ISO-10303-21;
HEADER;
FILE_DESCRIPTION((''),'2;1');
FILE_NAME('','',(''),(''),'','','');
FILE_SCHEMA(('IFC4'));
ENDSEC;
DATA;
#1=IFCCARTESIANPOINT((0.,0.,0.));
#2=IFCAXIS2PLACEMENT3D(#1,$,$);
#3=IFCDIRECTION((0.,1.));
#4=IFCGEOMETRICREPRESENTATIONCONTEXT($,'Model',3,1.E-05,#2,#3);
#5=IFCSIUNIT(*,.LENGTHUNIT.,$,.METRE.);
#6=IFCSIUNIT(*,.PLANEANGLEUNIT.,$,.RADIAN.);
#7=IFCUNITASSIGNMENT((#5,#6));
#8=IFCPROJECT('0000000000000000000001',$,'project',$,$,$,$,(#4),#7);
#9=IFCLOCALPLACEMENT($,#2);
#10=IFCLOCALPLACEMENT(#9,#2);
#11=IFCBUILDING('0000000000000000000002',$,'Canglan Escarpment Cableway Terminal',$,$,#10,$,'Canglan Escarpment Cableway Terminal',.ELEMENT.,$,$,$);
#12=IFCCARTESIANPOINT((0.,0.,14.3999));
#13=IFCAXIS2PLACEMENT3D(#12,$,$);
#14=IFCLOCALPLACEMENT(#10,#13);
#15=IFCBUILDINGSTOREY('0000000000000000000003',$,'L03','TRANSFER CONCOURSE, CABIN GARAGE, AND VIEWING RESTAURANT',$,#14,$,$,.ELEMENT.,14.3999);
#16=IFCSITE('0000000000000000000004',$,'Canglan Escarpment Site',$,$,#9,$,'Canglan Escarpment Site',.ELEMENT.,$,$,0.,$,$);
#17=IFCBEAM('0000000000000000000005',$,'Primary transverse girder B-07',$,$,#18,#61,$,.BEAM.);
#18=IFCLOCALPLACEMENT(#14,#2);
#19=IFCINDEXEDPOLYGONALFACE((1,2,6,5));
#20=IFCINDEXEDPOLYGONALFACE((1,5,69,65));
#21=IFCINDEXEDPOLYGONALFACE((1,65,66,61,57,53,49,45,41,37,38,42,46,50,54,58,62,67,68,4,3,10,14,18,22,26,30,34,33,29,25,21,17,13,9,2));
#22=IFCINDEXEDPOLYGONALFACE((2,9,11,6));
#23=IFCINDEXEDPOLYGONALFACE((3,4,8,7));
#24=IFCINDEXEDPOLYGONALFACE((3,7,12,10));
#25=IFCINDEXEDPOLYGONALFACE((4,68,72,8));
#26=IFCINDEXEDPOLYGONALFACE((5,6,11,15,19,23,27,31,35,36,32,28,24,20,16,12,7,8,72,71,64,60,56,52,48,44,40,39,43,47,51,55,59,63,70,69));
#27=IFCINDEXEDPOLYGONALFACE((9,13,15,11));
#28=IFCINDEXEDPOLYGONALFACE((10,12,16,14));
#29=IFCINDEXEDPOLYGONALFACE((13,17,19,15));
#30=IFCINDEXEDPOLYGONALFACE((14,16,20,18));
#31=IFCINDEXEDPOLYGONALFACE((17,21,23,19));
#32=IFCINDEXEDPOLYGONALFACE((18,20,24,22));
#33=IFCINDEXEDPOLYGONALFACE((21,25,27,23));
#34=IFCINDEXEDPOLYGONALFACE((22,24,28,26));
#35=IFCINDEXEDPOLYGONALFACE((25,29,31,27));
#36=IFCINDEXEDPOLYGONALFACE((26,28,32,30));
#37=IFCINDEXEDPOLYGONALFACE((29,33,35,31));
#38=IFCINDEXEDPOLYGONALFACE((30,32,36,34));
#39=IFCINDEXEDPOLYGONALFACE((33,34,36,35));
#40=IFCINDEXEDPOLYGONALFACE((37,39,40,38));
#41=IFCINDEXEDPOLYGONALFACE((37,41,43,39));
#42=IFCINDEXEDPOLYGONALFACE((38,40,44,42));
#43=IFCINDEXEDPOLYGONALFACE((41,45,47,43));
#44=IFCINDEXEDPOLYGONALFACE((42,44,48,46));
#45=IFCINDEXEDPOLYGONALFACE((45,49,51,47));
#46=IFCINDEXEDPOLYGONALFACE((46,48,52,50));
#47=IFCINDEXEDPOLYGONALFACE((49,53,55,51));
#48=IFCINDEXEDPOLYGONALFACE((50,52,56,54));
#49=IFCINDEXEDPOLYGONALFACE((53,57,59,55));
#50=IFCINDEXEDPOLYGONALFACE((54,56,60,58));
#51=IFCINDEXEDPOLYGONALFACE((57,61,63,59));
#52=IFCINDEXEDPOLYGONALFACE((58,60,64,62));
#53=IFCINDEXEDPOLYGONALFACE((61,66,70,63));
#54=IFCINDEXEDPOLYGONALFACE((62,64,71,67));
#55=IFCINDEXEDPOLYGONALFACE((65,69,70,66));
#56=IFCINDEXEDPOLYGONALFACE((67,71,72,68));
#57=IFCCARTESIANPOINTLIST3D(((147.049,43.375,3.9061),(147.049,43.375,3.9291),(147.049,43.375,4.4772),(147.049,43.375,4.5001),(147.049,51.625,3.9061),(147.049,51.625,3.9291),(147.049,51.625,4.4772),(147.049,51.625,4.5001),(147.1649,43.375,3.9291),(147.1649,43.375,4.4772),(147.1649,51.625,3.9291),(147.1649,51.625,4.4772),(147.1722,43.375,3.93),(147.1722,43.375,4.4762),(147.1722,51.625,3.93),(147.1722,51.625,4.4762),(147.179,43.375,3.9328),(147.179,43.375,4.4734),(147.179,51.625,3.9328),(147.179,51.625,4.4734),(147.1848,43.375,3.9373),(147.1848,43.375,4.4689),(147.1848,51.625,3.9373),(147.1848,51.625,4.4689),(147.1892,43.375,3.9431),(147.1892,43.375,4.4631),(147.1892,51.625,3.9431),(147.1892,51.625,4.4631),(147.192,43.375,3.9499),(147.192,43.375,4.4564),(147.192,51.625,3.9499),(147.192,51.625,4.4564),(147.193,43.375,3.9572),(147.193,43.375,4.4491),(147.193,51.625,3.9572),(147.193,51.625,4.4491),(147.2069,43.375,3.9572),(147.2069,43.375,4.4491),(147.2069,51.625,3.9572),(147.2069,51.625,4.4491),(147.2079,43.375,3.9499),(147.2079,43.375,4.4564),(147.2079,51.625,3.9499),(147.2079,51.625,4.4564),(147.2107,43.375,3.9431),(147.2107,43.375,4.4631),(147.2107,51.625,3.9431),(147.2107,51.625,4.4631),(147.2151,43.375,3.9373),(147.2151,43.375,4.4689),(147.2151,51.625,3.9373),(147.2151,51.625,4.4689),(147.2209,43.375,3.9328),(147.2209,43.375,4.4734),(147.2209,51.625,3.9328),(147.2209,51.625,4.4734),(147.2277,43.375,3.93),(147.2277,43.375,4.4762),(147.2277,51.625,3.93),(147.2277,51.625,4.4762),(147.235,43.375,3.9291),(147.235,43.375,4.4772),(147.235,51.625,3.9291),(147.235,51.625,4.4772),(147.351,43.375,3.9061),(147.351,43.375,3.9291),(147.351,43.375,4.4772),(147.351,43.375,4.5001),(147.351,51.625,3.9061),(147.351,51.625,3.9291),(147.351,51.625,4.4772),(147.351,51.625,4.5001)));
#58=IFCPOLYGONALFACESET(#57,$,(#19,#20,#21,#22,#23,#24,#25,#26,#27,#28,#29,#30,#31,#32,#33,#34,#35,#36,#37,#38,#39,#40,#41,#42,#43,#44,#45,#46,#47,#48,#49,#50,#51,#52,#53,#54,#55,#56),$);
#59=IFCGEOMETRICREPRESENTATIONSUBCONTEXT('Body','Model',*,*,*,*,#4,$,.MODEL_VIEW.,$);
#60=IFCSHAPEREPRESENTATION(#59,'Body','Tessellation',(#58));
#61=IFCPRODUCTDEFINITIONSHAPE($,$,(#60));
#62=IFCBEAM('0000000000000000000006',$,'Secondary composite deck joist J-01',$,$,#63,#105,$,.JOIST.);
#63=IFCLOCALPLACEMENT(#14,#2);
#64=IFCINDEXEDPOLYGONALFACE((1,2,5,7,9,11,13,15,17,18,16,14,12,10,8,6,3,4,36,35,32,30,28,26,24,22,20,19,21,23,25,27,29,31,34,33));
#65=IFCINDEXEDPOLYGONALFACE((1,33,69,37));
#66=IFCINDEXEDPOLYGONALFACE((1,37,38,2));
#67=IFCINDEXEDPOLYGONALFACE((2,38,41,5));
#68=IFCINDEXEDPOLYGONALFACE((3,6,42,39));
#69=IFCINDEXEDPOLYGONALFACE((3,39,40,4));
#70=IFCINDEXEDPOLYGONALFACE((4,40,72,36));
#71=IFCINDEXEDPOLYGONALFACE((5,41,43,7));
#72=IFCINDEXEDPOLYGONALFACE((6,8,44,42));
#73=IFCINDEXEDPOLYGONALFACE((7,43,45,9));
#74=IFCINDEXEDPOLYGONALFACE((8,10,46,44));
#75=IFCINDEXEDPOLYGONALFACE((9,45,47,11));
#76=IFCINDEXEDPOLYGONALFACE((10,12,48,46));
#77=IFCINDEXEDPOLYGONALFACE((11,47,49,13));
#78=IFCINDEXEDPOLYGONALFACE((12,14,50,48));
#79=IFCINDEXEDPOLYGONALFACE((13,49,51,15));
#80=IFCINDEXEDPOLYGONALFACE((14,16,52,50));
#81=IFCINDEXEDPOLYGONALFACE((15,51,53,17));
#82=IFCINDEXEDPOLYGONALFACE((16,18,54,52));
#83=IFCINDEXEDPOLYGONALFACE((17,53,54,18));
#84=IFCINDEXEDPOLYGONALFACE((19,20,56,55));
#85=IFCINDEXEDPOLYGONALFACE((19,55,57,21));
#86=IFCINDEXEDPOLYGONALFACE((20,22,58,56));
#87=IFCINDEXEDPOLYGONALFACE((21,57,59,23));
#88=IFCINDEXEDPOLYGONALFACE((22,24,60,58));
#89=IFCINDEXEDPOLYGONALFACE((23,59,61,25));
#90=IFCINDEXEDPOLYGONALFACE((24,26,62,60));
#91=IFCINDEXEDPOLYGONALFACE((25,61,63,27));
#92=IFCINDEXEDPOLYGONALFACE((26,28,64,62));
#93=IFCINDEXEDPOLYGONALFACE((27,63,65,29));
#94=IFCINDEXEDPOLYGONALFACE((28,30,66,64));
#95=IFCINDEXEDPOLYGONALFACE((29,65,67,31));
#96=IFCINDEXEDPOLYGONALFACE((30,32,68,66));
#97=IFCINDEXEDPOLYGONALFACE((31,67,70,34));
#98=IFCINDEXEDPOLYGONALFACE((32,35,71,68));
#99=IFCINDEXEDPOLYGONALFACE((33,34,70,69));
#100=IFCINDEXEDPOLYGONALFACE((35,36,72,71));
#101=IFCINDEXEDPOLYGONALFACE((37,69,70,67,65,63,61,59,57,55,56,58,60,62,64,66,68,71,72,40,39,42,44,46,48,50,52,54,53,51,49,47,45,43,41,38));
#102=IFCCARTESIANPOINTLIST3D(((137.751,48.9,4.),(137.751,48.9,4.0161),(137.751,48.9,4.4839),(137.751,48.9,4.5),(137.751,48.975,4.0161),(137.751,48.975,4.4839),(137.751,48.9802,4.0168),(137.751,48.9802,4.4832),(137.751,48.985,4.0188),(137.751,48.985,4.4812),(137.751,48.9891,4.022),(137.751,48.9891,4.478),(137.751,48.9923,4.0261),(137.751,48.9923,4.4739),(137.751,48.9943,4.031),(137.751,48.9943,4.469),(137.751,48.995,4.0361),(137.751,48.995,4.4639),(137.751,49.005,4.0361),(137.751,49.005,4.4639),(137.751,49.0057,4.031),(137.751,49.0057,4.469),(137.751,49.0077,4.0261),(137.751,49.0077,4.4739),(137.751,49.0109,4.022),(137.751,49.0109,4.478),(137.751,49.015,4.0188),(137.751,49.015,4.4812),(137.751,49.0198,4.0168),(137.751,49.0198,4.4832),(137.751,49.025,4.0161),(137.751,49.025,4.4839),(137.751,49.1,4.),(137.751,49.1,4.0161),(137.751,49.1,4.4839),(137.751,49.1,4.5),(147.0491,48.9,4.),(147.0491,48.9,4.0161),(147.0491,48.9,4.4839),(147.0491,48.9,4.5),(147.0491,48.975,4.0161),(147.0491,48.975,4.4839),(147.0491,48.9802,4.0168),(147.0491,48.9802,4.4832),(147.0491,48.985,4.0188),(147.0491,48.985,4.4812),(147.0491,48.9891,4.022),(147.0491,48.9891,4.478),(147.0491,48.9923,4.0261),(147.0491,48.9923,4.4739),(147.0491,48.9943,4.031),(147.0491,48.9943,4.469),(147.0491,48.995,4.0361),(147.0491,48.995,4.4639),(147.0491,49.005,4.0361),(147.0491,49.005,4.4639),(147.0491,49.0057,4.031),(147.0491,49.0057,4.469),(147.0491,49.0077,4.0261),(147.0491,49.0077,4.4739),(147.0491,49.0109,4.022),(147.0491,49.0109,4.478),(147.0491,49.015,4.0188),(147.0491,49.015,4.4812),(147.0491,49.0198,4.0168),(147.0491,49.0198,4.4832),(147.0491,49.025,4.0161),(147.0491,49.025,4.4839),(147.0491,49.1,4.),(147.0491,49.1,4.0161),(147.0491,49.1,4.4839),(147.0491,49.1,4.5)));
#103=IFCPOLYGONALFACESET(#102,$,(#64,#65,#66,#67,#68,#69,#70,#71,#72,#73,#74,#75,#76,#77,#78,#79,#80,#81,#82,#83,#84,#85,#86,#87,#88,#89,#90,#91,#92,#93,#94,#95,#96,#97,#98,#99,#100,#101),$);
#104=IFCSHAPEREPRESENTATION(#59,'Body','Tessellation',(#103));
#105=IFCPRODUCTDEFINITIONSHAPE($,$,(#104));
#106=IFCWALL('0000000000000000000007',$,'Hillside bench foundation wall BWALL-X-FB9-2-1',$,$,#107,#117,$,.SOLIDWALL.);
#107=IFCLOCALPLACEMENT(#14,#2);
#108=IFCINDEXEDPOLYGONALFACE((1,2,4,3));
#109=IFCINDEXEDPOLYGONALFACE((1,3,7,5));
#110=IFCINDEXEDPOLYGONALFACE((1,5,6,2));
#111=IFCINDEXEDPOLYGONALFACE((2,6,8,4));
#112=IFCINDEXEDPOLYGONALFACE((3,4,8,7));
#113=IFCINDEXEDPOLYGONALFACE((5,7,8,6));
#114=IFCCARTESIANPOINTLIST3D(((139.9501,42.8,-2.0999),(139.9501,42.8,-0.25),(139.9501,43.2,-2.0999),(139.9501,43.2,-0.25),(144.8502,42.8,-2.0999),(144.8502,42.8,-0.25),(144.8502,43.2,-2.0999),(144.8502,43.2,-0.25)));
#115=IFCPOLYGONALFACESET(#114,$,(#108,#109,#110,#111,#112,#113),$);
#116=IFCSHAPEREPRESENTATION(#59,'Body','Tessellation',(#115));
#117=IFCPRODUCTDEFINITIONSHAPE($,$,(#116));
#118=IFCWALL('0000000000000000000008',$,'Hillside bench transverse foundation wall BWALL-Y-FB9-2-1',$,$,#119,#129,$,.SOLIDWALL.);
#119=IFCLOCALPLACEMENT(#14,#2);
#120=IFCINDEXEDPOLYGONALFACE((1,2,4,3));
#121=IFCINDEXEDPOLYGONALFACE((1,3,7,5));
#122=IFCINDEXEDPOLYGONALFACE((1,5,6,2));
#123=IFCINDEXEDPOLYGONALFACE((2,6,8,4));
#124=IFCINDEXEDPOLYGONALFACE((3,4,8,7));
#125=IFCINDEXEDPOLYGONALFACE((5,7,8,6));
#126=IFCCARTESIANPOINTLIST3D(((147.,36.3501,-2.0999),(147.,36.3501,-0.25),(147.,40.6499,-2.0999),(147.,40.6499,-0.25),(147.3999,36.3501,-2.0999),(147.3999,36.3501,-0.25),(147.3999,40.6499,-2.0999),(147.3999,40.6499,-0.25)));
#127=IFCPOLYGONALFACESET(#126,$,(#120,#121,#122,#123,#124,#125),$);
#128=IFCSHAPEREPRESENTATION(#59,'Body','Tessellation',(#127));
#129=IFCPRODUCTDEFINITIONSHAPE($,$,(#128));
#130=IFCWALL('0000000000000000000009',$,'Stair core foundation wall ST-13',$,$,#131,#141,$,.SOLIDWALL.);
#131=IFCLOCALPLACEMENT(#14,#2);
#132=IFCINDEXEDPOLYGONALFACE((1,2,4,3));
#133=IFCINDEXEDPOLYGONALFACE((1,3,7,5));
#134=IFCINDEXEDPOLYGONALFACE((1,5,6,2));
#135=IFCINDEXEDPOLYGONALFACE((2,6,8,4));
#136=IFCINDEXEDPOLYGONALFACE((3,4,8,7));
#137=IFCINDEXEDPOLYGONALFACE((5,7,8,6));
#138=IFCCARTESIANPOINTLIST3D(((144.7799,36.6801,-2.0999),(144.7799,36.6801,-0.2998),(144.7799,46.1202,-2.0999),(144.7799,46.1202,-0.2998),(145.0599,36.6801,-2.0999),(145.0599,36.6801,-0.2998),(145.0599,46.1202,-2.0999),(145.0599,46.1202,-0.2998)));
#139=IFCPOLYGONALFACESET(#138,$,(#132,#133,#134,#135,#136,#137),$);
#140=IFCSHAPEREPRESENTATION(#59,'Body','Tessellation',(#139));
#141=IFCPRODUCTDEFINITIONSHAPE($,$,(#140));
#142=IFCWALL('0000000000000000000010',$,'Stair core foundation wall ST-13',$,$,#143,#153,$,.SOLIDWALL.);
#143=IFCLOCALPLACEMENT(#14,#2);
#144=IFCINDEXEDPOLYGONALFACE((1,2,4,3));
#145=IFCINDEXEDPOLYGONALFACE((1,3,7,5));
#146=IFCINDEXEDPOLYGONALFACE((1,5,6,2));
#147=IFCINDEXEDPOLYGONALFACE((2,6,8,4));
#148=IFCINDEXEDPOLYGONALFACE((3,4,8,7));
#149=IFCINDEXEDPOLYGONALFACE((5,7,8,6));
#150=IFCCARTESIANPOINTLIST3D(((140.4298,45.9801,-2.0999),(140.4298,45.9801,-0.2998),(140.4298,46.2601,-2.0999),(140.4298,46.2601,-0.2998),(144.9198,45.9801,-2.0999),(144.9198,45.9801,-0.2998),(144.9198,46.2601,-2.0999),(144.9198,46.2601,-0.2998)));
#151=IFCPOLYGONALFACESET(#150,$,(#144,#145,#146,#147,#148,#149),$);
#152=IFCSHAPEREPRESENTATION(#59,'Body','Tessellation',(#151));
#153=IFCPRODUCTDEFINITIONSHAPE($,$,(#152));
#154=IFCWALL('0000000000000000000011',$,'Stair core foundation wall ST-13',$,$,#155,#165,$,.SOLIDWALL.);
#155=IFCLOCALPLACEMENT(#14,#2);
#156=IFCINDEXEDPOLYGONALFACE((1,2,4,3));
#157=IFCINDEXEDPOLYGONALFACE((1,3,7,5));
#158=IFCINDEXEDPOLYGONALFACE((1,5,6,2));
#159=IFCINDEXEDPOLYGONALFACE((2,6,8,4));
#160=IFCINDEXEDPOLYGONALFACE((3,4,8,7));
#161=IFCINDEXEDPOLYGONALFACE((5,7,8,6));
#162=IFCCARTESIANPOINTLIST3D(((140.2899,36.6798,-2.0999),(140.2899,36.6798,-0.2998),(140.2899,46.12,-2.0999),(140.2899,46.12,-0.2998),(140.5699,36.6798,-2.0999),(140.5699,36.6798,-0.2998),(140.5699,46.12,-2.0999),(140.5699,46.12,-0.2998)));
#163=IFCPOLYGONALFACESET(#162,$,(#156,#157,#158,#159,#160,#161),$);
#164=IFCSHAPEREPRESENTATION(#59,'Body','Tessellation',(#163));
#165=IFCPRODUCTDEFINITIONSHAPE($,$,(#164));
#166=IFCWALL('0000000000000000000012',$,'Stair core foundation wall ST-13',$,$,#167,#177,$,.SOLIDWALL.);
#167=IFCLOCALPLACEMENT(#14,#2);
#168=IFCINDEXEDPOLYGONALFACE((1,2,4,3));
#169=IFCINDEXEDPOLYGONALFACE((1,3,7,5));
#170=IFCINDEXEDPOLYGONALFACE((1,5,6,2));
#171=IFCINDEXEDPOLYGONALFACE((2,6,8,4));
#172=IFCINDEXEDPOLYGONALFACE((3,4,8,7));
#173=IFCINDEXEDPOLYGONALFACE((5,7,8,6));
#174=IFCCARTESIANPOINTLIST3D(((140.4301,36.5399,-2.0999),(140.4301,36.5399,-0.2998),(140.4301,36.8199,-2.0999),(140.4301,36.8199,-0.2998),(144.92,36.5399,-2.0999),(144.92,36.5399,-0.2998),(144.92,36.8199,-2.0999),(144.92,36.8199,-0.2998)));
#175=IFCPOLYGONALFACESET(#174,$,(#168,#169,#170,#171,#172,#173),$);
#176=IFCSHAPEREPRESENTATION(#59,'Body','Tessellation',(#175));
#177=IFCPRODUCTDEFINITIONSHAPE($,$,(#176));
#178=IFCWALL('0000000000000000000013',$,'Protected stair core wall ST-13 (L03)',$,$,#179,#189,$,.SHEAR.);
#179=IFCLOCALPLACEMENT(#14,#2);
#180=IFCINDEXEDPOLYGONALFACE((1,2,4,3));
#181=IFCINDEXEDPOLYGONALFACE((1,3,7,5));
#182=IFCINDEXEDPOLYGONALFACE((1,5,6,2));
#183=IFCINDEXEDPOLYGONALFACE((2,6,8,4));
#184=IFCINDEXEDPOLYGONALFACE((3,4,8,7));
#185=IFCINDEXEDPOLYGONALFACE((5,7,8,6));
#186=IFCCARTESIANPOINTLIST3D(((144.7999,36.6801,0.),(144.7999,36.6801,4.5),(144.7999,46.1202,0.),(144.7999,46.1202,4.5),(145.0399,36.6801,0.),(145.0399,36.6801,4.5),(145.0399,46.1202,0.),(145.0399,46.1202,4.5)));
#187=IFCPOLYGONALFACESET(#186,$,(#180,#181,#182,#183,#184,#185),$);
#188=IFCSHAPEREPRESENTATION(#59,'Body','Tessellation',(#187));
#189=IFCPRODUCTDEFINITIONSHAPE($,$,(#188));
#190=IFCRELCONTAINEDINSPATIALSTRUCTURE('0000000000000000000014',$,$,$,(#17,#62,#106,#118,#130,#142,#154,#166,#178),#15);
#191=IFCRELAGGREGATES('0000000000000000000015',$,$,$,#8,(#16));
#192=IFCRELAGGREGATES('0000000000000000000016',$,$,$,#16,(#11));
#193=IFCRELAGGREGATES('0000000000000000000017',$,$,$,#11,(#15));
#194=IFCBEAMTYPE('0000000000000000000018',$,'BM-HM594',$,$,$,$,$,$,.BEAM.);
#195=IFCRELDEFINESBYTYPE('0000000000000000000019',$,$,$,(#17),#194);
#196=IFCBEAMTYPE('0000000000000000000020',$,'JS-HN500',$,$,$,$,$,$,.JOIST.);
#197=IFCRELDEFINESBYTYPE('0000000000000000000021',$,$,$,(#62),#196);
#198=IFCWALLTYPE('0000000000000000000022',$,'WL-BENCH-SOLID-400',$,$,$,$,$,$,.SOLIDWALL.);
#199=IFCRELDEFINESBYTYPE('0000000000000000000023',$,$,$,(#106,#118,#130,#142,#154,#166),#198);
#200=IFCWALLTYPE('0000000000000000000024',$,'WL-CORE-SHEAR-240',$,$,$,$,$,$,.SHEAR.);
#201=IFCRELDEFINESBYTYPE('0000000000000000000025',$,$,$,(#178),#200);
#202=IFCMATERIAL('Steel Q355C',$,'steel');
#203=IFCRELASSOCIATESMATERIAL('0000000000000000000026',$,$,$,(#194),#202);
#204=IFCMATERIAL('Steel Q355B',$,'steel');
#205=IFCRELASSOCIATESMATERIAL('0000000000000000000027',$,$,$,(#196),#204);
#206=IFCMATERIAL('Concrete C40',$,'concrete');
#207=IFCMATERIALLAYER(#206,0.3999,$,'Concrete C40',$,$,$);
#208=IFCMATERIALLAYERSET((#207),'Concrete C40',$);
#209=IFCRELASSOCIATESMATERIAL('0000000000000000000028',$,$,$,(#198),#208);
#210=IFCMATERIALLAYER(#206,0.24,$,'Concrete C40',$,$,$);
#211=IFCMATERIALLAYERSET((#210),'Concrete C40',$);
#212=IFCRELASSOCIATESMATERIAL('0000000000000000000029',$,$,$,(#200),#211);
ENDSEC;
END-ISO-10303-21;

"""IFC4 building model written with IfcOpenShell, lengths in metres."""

from ifc_helpers import new_model, si_unit, direction, frame, frame_2d, origin, origin_2d, place, context, subcontext, project, spatial, rectangle, i_section, extrude, material, layer, layer_set, material_profile, profile_set, type_object, element, save


model = new_model("IFC4")

# Units and contexts
model_context = context("Model", 3, precision=1e-05, world=origin(), true_north=direction((0.0, 1.0)))
body_context = subcontext(model_context, "Body", "Model", "MODEL_VIEW")
ifc_project = project(units=[si_unit("LENGTHUNIT", "METRE"), si_unit("PLANEANGLEUNIT", "RADIAN")], contexts=[model_context])

# Site, building, storey
site_placement = place(None, origin())
site = spatial("IfcSite", under=ifc_project, at=site_placement, Name="Canglan Escarpment Site", LongName="Canglan Escarpment Site", CompositionType="ELEMENT", RefElevation=0.0)
building_placement = place(site_placement, origin())
building = spatial("IfcBuilding", under=site, at=building_placement, Name="Canglan Escarpment Cableway Terminal", LongName="Canglan Escarpment Cableway Terminal", CompositionType="ELEMENT")
storey_placement = place(building_placement, frame((0.0, 0.0, 14.3999)))
storey = spatial("IfcBuildingStorey", under=building, at=storey_placement, Name="L03", Description="TRANSFER CONCOURSE, CABIN GARAGE, AND VIEWING RESTAURANT", CompositionType="ELEMENT", Elevation=14.3999)

# Shared definitions
ifc_material_1 = material(Name="Concrete C40", Category="concrete")

# Beams
ifc_material_2 = material(Name="Steel Q355C", Category="steel")
ifc_material_profile_1 = material_profile(ifc_material_2, i_section(OverallWidth=0.302, OverallDepth=0.594, WebThickness=0.0139, FlangeThickness=0.0229, FilletRadius=0.0281, at=origin_2d()), Name="HM 594x302x14x23")
ifc_profile_set_1 = profile_set([ifc_material_profile_1], Name="Steel Q355C")
beam_type_1 = type_object("IfcBeamType", Name="BM-HM594", PredefinedType="BEAM", material=ifc_profile_set_1)
beam_1_placement = place(storey_placement, frame((147.2, 43.375, 4.2031), z_axis=(0.0, 1.0, 0.0), x_axis=(-1.0, 0.0, 0.0)))
element("IfcBeam", 1, at=beam_1_placement, inside=storey, type_object=beam_type_1, Name="Primary transverse girder B-07", PredefinedType="BEAM", context=body_context, shape_type="SweptSolid", body=[
    extrude(i_section(OverallWidth=0.302, OverallDepth=0.594, WebThickness=0.0139, FlangeThickness=0.0229, FilletRadius=0.0281, at=origin_2d()), origin(), (0.0, 0.0, 1.0), 8.25),
])
ifc_material_3 = material(Name="Steel Q355B", Category="steel")
ifc_material_profile_2 = material_profile(ifc_material_3, i_section(OverallWidth=0.2, OverallDepth=0.5, WebThickness=0.01, FlangeThickness=0.0161, FilletRadius=0.02, at=origin_2d()), Name="HN 500x200x10x16")
ifc_profile_set_2 = profile_set([ifc_material_profile_2], Name="Steel Q355B")
beam_type_2 = type_object("IfcBeamType", Name="JS-HN500", PredefinedType="JOIST", material=ifc_profile_set_2)
beam_2_placement = place(storey_placement, frame((137.751, 49.0, 4.25), z_axis=(1.0, 0.0, 0.0), x_axis=(0.0, 1.0, 0.0)))
element("IfcBeam", 2, at=beam_2_placement, inside=storey, type_object=beam_type_2, Name="Secondary composite deck joist J-01", PredefinedType="JOIST", context=body_context, shape_type="SweptSolid", body=[
    extrude(i_section(OverallWidth=0.2, OverallDepth=0.5, WebThickness=0.01, FlangeThickness=0.0161, FilletRadius=0.02, at=origin_2d()), origin(), (0.0, 0.0, 1.0), 9.2981),
])

# Walls
ifc_layer_1 = layer(ifc_material_1, 0.3999, Name="Concrete C40")
ifc_layer_set_1 = layer_set([ifc_layer_1], Name="Concrete C40")
wall_type_1 = type_object("IfcWallType", Name="WL-BENCH-SOLID-400", PredefinedType="SOLIDWALL", material=ifc_layer_set_1)
wall_1_placement = place(storey_placement, frame((139.95, 43.0, -2.0999), z_axis=(0.0, 0.0, 1.0), x_axis=(1.0, 0.0, 0.0)))
element("IfcWall", 3, at=wall_1_placement, inside=storey, type_object=wall_type_1, Name="Hillside bench foundation wall BWALL-X-FB9-2-1", PredefinedType="SOLIDWALL", context=body_context, shape_type="SweptSolid", body=[
    extrude(rectangle(XDim=4.9001, YDim=0.3999, at=frame_2d((2.4502, 0.0))), origin(), (0.0, 0.0, 1.0), 1.8499),
])
wall_2_placement = place(storey_placement, frame((147.2, 36.3501, -2.0999), z_axis=(0.0, 0.0, 1.0), x_axis=(0.0, 1.0, 0.0)))
element("IfcWall", 4, at=wall_2_placement, inside=storey, type_object=wall_type_1, Name="Hillside bench transverse foundation wall BWALL-Y-FB9-2-1", PredefinedType="SOLIDWALL", context=body_context, shape_type="SweptSolid", body=[
    extrude(rectangle(XDim=4.2998, YDim=0.3999, at=frame_2d((2.1499, 0.0))), origin(), (0.0, 0.0, 1.0), 1.8499),
])
wall_3_placement = place(storey_placement, frame((144.9199, 36.6799, -2.0999), z_axis=(0.0, 0.0, 1.0), x_axis=(0.0, 1.0, 0.0)))
element("IfcWall", 5, at=wall_3_placement, inside=storey, type_object=wall_type_1, Name="Stair core foundation wall ST-13", PredefinedType="SOLIDWALL", context=body_context, shape_type="SweptSolid", body=[
    extrude(rectangle(XDim=9.4402, YDim=0.28, at=frame_2d((4.7202, 0.0))), origin(), (0.0, 0.0, 1.0), 1.8),
])
wall_4_placement = place(storey_placement, frame((144.9199, 46.1201, -2.0999), z_axis=(0.0, 0.0, 1.0), x_axis=(-1.0, 0.0, 0.0)))
element("IfcWall", 6, at=wall_4_placement, inside=storey, type_object=wall_type_1, Name="Stair core foundation wall ST-13", PredefinedType="SOLIDWALL", context=body_context, shape_type="SweptSolid", body=[
    extrude(rectangle(XDim=4.49, YDim=0.28, at=frame_2d((2.2451, 0.0))), origin(), (0.0, 0.0, 1.0), 1.8),
])
wall_5_placement = place(storey_placement, frame((140.4299, 46.1201, -2.0999), z_axis=(0.0, 0.0, 1.0), x_axis=(0.0, -1.0, 0.0)))
element("IfcWall", 7, at=wall_5_placement, inside=storey, type_object=wall_type_1, Name="Stair core foundation wall ST-13", PredefinedType="SOLIDWALL", context=body_context, shape_type="SweptSolid", body=[
    extrude(rectangle(XDim=9.4402, YDim=0.28, at=frame_2d((4.7202, 0.0))), origin(), (0.0, 0.0, 1.0), 1.8),
])
wall_6_placement = place(storey_placement, frame((140.4299, 36.6799, -2.0999), z_axis=(0.0, 0.0, 1.0), x_axis=(1.0, 0.0, 0.0)))
element("IfcWall", 8, at=wall_6_placement, inside=storey, type_object=wall_type_1, Name="Stair core foundation wall ST-13", PredefinedType="SOLIDWALL", context=body_context, shape_type="SweptSolid", body=[
    extrude(rectangle(XDim=4.49, YDim=0.28, at=frame_2d((2.2451, 0.0))), origin(), (0.0, 0.0, 1.0), 1.8),
])
ifc_layer_2 = layer(ifc_material_1, 0.24, Name="Concrete C40")
ifc_layer_set_2 = layer_set([ifc_layer_2], Name="Concrete C40")
wall_type_2 = type_object("IfcWallType", Name="WL-CORE-SHEAR-240", PredefinedType="SHEAR", material=ifc_layer_set_2)
wall_7_placement = place(storey_placement, frame((144.9199, 36.6799, 0.0), z_axis=(0.0, 0.0, 1.0), x_axis=(0.0, 1.0, 0.0)))
element("IfcWall", 9, at=wall_7_placement, inside=storey, type_object=wall_type_2, Name="Protected stair core wall ST-13 (L03)", PredefinedType="SHEAR", context=body_context, shape_type="SweptSolid", body=[
    extrude(rectangle(XDim=9.4402, YDim=0.24, at=frame_2d((4.7202, 0.0))), origin(), (0.0, 0.0, 1.0), 4.5),
])

save(model, "model.ifc")
